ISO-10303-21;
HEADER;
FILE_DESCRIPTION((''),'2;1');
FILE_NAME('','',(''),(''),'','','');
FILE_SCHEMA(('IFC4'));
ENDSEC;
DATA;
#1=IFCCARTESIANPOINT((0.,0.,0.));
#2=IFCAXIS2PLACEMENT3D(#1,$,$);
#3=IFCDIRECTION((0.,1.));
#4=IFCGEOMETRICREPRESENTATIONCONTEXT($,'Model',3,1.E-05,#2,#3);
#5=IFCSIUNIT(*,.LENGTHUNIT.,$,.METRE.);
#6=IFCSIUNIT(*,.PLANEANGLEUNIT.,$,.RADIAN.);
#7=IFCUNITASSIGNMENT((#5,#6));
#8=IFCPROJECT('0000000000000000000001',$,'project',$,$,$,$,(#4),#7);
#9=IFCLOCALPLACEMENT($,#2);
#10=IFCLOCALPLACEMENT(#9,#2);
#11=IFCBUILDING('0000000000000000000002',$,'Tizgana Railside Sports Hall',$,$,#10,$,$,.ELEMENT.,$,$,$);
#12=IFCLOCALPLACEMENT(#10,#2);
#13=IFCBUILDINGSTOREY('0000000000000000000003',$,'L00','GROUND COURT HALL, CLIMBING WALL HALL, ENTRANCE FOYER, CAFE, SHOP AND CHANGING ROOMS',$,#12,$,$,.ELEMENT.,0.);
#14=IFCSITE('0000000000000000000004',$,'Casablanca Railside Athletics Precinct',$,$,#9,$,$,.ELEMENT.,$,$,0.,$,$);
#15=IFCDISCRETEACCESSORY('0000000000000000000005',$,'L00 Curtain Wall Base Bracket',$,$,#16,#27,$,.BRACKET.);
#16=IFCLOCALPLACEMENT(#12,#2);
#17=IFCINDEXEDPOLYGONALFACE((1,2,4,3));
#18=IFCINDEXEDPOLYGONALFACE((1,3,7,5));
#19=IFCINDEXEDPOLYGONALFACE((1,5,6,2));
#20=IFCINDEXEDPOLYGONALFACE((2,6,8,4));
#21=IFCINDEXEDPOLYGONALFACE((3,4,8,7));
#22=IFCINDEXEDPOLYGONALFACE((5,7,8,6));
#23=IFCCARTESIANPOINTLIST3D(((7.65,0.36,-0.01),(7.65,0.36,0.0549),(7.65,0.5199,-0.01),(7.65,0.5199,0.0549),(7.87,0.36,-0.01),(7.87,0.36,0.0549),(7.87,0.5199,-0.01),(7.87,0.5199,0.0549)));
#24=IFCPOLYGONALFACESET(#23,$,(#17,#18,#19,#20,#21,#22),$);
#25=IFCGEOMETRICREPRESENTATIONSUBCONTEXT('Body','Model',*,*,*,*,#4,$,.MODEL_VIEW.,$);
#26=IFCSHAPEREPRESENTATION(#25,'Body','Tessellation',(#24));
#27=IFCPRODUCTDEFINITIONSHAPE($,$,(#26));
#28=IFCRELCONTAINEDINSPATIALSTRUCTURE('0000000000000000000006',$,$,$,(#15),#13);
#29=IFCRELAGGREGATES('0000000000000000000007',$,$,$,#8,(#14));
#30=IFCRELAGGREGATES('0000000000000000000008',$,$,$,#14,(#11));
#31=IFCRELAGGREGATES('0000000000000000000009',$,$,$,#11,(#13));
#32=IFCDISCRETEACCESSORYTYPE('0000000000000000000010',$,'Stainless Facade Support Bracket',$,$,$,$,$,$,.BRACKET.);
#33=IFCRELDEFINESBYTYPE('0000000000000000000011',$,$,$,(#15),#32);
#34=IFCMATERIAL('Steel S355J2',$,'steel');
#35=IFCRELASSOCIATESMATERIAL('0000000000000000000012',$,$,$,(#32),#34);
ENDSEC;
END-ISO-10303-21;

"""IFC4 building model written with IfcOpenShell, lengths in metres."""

from ifc_helpers import new_model, si_unit, direction, frame, origin, origin_2d, place, context, subcontext, project, spatial, rectangle, extrude, material, type_object, element, save


model = new_model("IFC4")

# Units and contexts
model_context = context("Model", 3, precision=1e-05, world=origin(), true_north=direction((0.0, 1.0)))
body_context = subcontext(model_context, "Body", "Model", "MODEL_VIEW")
ifc_project = project(units=[si_unit("LENGTHUNIT", "METRE"), si_unit("PLANEANGLEUNIT", "RADIAN")], contexts=[model_context])

# Site, building, storey
site_placement = place(None, origin())
site = spatial("IfcSite", under=ifc_project, at=site_placement, Name="Casablanca Railside Athletics Precinct", CompositionType="ELEMENT", RefElevation=0.0)
building_placement = place(site_placement, origin())
building = spatial("IfcBuilding", under=site, at=building_placement, Name="Tizgana Railside Sports Hall", CompositionType="ELEMENT")
storey_placement = place(building_placement, origin())
storey = spatial("IfcBuildingStorey", under=building, at=storey_placement, Name="L00", Description="GROUND COURT HALL, CLIMBING WALL HALL, ENTRANCE FOYER, CAFE, SHOP AND CHANGING ROOMS", CompositionType="ELEMENT", Elevation=0.0)

# Shared definitions
ifc_material_1 = material(Name="Steel S355J2", Category="steel")

# Discrete accessory
discrete_accessory_type = type_object("IfcDiscreteAccessoryType", Name="Stainless Facade Support Bracket", PredefinedType="BRACKET", material=ifc_material_1)
discrete_accessory_placement = place(storey_placement, frame((7.76, 0.4399, -0.01), z_axis=(0.0, 0.0, 1.0), x_axis=(0.0, -1.0, 0.0)))
element("IfcDiscreteAccessory", 1, at=discrete_accessory_placement, inside=storey, type_object=discrete_accessory_type, Name="L00 Curtain Wall Base Bracket", PredefinedType="BRACKET", context=body_context, shape_type="SweptSolid", body=[
    extrude(rectangle(XDim=0.1599, YDim=0.22, at=origin_2d()), origin(), (0.0, 0.0, 1.0), 0.0649),
])

save(model, "model.ifc")
